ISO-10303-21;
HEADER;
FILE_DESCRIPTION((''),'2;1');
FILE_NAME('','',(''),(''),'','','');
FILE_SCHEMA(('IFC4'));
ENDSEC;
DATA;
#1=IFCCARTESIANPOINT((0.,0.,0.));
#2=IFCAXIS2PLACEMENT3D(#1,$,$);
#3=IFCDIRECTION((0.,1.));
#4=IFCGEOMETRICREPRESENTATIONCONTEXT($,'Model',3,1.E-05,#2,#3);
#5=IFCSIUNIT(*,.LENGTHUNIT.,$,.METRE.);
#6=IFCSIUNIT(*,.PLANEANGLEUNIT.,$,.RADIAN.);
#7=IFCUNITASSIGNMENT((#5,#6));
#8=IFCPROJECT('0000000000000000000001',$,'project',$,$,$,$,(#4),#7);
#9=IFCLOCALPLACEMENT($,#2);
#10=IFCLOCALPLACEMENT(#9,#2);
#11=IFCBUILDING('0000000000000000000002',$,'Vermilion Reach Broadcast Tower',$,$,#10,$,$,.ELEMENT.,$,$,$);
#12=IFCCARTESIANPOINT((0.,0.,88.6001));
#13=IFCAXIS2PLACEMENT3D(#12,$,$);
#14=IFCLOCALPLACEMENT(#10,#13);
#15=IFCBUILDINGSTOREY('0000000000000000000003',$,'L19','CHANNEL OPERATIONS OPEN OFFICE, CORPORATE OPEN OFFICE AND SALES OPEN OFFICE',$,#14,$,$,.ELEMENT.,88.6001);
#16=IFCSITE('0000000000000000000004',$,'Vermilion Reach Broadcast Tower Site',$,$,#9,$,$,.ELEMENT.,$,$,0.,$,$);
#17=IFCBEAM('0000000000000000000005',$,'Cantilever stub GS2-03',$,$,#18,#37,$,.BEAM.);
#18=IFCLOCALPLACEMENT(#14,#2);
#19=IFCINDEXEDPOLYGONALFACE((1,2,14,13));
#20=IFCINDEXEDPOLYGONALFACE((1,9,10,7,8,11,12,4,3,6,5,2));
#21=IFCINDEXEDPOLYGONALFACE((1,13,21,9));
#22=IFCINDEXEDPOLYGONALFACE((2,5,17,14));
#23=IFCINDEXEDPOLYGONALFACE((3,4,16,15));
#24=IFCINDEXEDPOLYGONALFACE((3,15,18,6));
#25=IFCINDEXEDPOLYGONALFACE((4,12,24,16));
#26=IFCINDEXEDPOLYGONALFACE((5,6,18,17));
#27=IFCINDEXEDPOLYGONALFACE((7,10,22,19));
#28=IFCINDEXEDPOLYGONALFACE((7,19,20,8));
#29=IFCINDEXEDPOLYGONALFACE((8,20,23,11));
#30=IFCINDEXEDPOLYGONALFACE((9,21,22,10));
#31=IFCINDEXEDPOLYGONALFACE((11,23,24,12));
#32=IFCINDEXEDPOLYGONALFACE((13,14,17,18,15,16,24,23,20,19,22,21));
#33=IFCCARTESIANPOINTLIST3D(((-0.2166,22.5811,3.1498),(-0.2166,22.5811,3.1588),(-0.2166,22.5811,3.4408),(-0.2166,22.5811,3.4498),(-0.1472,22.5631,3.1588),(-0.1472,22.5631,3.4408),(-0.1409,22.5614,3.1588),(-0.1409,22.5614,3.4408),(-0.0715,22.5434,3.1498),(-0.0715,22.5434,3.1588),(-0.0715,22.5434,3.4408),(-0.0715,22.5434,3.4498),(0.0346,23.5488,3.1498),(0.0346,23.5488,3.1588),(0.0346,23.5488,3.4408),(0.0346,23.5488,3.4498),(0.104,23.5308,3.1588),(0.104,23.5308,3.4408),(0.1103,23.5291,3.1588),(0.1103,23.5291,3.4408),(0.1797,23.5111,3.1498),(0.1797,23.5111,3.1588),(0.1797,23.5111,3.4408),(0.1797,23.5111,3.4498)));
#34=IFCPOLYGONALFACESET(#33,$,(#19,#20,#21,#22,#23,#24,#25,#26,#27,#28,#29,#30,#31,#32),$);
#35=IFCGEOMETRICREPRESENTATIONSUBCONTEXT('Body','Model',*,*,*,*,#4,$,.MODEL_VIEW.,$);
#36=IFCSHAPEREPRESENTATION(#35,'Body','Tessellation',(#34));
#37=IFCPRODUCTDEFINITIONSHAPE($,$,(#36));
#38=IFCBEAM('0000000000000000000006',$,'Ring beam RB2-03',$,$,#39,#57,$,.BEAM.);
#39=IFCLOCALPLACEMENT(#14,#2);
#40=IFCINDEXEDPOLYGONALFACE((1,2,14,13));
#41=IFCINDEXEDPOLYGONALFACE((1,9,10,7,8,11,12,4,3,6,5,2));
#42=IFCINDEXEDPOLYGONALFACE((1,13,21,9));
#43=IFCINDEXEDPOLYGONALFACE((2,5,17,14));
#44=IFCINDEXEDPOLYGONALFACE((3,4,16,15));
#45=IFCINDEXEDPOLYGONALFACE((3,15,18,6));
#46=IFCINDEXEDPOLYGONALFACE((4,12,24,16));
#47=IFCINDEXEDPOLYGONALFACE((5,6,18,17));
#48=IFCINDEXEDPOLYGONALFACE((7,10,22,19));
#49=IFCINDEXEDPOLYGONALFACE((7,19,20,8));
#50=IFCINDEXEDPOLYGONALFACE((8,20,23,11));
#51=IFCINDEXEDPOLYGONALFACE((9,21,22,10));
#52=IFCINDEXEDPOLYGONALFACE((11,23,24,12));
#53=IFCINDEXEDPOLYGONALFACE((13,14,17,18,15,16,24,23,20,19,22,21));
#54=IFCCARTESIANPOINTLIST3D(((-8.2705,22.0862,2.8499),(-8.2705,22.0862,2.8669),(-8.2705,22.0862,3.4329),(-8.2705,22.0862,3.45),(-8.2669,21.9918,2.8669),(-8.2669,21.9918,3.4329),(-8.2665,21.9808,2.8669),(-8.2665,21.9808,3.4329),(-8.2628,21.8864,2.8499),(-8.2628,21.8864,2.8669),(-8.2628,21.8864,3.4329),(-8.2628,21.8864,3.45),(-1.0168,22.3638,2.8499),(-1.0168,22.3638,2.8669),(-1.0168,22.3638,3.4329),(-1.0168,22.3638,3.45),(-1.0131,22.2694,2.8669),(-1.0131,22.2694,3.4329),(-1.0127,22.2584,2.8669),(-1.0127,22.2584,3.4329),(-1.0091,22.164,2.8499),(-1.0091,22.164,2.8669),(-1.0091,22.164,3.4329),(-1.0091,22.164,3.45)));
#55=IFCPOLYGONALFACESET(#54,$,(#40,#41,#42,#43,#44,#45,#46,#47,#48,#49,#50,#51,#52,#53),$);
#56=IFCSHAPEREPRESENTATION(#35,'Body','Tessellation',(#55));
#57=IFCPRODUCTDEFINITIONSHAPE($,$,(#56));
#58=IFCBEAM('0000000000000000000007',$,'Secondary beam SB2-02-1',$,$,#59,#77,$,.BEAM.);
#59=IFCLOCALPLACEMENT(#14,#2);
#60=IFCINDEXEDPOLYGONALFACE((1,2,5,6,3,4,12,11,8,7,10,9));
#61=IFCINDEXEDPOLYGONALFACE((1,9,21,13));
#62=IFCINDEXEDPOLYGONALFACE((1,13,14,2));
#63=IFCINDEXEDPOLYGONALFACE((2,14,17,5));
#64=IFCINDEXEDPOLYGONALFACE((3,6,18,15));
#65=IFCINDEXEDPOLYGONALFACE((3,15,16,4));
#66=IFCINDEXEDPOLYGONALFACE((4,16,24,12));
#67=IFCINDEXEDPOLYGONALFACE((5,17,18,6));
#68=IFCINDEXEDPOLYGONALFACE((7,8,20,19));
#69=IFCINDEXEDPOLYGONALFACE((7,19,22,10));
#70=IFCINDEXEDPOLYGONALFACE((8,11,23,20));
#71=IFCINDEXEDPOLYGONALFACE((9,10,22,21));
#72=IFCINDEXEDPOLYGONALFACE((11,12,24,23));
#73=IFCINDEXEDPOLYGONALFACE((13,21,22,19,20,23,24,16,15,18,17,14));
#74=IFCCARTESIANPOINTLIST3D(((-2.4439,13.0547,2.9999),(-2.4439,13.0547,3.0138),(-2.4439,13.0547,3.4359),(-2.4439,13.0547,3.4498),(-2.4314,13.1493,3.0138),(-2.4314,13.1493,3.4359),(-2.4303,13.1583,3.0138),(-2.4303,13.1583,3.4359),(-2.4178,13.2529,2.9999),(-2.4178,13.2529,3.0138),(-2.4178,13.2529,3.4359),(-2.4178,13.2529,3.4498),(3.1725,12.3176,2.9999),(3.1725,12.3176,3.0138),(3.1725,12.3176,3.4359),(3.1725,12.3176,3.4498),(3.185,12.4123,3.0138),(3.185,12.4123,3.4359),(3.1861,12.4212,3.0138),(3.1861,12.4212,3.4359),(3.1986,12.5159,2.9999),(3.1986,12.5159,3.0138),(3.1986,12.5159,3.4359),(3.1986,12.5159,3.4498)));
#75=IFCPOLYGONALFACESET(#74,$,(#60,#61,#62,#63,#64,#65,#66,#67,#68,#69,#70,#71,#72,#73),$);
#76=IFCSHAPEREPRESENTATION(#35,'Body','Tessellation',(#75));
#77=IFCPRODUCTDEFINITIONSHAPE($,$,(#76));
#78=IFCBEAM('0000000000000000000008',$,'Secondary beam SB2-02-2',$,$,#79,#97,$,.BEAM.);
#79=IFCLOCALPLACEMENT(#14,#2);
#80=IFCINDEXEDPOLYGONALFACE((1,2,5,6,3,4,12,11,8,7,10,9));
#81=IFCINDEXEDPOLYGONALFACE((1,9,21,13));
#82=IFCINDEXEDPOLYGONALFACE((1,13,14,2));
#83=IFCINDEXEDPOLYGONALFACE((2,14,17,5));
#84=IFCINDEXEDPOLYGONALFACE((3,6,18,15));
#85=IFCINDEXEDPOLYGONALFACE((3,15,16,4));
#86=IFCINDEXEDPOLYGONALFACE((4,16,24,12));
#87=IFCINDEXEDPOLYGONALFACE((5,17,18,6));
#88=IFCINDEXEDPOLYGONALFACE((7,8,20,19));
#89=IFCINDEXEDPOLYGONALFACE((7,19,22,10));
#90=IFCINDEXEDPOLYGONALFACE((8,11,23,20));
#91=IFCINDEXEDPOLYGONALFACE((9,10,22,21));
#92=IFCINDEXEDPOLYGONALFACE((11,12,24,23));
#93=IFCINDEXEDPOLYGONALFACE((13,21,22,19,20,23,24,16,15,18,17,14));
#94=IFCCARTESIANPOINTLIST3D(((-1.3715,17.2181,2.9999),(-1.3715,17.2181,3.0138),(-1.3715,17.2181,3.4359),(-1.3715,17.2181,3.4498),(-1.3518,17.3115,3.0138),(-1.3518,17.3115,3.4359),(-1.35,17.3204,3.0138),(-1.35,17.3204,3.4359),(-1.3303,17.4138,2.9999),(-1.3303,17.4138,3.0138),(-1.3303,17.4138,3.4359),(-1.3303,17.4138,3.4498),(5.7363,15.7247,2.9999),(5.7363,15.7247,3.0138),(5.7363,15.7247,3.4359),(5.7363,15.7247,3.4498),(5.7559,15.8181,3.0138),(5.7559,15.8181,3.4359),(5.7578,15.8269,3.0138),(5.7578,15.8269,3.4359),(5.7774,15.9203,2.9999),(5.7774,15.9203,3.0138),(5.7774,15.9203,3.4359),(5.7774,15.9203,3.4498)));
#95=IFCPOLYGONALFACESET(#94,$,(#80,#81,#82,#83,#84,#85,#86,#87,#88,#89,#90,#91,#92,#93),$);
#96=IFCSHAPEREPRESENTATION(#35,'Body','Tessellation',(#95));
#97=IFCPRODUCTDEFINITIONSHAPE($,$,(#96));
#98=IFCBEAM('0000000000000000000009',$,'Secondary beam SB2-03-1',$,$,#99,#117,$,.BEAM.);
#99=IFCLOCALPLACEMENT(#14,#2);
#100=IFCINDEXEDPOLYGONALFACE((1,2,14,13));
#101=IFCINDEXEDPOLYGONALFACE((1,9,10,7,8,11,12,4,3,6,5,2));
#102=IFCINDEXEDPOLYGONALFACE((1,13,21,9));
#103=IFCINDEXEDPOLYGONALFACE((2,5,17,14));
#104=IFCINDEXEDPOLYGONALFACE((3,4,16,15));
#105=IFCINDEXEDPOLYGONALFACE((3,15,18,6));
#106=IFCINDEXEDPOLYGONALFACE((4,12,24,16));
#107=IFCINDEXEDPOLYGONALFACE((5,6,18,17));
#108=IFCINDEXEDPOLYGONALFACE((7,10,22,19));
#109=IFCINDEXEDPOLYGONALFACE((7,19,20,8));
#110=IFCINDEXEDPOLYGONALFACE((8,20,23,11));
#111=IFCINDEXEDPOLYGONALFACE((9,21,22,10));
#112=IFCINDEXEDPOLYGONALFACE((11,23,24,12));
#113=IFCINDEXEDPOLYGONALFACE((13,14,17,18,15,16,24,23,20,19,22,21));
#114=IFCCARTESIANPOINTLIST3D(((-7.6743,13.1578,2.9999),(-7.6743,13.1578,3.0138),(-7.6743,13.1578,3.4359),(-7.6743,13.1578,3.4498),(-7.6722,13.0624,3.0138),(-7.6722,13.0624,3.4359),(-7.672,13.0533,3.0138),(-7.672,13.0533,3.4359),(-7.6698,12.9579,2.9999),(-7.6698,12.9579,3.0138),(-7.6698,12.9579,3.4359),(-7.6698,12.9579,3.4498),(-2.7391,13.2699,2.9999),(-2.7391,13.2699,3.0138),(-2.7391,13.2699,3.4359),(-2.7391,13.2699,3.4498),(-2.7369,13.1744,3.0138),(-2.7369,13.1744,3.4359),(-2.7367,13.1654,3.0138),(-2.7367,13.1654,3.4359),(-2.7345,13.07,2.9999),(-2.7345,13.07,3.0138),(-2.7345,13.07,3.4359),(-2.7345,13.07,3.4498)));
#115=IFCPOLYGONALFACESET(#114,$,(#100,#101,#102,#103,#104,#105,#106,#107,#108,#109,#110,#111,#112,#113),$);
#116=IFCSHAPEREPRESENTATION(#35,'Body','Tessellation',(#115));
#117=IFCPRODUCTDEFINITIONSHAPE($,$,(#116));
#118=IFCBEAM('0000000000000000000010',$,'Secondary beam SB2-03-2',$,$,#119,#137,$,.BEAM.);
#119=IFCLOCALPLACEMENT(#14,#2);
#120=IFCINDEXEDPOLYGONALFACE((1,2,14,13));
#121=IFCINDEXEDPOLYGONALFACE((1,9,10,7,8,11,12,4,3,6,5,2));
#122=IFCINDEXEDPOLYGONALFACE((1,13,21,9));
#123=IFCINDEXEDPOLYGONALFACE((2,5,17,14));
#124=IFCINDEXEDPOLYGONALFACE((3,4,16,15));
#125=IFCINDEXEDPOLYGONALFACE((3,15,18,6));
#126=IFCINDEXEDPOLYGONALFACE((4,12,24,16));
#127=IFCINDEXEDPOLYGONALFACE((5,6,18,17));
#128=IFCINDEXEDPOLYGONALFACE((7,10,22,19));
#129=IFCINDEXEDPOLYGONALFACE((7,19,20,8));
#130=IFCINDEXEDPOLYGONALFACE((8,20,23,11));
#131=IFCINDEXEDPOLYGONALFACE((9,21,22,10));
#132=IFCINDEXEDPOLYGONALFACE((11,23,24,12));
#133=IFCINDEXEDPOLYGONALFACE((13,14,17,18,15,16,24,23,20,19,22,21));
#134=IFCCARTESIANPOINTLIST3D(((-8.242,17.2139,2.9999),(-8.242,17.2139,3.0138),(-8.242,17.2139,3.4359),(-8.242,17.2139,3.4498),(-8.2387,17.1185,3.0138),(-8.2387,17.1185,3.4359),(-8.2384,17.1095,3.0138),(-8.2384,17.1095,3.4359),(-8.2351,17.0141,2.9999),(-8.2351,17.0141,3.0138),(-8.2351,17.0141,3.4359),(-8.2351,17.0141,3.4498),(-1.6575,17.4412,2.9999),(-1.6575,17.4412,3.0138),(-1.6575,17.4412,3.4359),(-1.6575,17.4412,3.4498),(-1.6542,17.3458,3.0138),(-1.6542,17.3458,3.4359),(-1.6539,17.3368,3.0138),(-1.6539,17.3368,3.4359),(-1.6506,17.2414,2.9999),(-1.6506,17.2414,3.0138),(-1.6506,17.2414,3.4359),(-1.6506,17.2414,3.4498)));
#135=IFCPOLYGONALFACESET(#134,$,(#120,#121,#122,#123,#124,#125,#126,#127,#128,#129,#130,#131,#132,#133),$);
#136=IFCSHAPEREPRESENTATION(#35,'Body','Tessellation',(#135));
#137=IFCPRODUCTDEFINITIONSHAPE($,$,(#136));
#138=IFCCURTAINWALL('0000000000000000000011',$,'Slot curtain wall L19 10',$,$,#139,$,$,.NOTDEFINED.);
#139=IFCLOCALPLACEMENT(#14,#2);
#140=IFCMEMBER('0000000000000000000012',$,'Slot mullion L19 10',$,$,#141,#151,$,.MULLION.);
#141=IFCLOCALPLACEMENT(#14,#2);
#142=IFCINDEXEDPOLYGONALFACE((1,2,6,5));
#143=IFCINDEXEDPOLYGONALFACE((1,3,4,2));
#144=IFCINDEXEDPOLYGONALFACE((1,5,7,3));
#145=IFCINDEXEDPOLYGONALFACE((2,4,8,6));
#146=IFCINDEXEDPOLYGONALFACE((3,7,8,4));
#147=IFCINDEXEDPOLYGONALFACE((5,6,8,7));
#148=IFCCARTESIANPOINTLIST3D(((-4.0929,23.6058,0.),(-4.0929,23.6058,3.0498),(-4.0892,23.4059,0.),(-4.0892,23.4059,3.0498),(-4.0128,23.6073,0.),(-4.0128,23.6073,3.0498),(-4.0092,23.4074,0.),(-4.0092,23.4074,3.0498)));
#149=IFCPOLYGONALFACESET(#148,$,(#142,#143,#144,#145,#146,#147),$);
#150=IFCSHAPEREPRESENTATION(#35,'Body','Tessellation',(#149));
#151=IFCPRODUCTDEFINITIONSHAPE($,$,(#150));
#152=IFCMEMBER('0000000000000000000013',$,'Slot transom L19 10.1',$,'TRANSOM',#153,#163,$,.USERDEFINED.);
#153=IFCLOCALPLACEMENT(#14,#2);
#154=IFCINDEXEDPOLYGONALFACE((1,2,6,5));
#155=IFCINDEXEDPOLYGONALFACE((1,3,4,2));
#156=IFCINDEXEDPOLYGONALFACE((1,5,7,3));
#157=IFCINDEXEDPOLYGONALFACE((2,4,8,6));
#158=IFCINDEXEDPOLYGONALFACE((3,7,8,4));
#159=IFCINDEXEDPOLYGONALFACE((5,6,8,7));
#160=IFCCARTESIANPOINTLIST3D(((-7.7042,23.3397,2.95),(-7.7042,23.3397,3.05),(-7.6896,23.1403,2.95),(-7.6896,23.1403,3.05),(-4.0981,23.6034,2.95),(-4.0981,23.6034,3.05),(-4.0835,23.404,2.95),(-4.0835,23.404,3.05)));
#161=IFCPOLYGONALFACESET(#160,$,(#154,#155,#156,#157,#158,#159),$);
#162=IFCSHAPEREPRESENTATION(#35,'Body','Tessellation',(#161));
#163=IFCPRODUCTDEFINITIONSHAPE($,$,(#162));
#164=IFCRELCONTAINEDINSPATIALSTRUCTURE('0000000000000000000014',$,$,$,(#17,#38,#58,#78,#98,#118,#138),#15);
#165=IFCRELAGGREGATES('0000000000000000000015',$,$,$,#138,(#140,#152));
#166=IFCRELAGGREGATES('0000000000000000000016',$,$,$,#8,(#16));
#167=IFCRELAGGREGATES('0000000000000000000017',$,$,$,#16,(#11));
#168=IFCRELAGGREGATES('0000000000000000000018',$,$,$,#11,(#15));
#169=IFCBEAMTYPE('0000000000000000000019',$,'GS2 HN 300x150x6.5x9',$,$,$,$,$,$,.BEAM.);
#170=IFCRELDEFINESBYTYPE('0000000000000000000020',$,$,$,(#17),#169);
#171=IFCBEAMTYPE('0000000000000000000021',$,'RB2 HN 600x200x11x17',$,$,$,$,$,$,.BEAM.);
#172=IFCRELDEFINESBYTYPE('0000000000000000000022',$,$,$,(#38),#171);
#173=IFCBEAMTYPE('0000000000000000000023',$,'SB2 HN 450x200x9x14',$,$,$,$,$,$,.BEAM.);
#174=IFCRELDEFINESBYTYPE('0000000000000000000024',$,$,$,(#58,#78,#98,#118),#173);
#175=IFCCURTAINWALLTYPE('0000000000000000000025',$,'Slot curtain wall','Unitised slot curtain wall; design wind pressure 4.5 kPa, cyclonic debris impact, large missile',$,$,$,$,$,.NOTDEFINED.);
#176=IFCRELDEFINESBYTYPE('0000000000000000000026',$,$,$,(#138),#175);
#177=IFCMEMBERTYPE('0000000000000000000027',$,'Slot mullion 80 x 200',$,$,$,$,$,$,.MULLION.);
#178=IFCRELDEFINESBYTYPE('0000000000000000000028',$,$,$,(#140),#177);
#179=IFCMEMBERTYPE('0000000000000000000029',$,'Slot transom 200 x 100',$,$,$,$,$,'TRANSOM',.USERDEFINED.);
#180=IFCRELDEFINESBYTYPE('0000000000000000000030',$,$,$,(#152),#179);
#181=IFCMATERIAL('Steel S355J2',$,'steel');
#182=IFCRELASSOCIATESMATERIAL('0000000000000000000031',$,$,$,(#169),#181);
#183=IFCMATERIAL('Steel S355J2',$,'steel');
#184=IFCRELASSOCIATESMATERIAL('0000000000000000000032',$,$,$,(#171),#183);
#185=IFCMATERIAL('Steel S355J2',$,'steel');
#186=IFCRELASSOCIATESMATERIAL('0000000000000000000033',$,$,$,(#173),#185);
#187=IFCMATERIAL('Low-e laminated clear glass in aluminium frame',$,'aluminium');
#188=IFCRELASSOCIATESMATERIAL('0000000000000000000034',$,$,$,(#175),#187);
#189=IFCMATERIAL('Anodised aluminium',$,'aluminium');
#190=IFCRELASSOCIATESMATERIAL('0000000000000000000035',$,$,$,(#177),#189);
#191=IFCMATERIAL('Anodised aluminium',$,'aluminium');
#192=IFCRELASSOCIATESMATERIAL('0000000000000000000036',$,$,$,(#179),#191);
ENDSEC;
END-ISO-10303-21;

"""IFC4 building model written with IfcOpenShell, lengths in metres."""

from ifc_helpers import new_model, si_unit, direction, frame, origin, origin_2d, place, context, subcontext, project, spatial, rectangle, i_section, extrude, material, material_profile, profile_set, type_object, element, aggregate, save


model = new_model("IFC4")

# Units and contexts
model_context = context("Model", 3, precision=1e-05, world=origin(), true_north=direction((0.0, 1.0)))
body_context = subcontext(model_context, "Body", "Model", "MODEL_VIEW")
ifc_project = project(units=[si_unit("LENGTHUNIT", "METRE"), si_unit("PLANEANGLEUNIT", "RADIAN")], contexts=[model_context])

# Site, building, storey
site_placement = place(None, origin())
site = spatial("IfcSite", under=ifc_project, at=site_placement, Name="Vermilion Reach Broadcast Tower Site", CompositionType="ELEMENT", RefElevation=0.0)
building_placement = place(site_placement, origin())
building = spatial("IfcBuilding", under=site, at=building_placement, Name="Vermilion Reach Broadcast Tower", CompositionType="ELEMENT")
storey_placement = place(building_placement, frame((0.0, 0.0, 88.6001)))
storey = spatial("IfcBuildingStorey", under=building, at=storey_placement, Name="L19", Description="CHANNEL OPERATIONS OPEN OFFICE, CORPORATE OPEN OFFICE AND SALES OPEN OFFICE", CompositionType="ELEMENT", Elevation=88.6001)

# Beams
ifc_material_1 = material(Name="Steel S355J2", Category="steel")
ifc_material_profile_1 = material_profile(ifc_material_1, i_section(OverallWidth=0.1499, OverallDepth=0.3, WebThickness=0.0066, FlangeThickness=0.009, at=origin_2d()), Name="S355J2 HN 300x150x6.5x9")
ifc_profile_set_1 = profile_set([ifc_material_profile_1], Name="Steel S355J2")
beam_type_1 = type_object("IfcBeamType", Name="GS2 HN 300x150x6.5x9", PredefinedType="BEAM", material=ifc_profile_set_1)
beam_1_placement = place(storey_placement, frame((-0.144, 22.5623, 3.2998), z_axis=(0.251259, 0.96792, 0.0), x_axis=(-0.96792, 0.251259, 0.0)))
element("IfcBeam", 1, at=beam_1_placement, inside=storey, type_object=beam_type_1, Name="Cantilever stub GS2-03", PredefinedType="BEAM", context=body_context, shape_type="SweptSolid", body=[
    extrude(i_section(OverallWidth=0.1499, OverallDepth=0.3, WebThickness=0.0066, FlangeThickness=0.009, at=origin_2d()), origin(), (0.0, 0.0, 1.0), 0.9998),
])
ifc_material_2 = material(Name="Steel S355J2", Category="steel")
ifc_material_profile_2 = material_profile(ifc_material_2, i_section(OverallWidth=0.2, OverallDepth=0.6001, WebThickness=0.011, FlangeThickness=0.0171, at=origin_2d()), Name="S355J2 HN 600x200x11x17")
ifc_profile_set_2 = profile_set([ifc_material_profile_2], Name="Steel S355J2")
beam_type_2 = type_object("IfcBeamType", Name="RB2 HN 600x200x11x17", PredefinedType="BEAM", material=ifc_profile_set_2)
beam_2_placement = place(storey_placement, frame((-1.0129, 22.2639, 3.1499), z_axis=(-0.999269, -0.038241, 0.0), x_axis=(0.038241, -0.999269, 0.0)))
element("IfcBeam", 2, at=beam_2_placement, inside=storey, type_object=beam_type_2, Name="Ring beam RB2-03", PredefinedType="BEAM", context=body_context, shape_type="SweptSolid", body=[
    extrude(i_section(OverallWidth=0.2, OverallDepth=0.6001, WebThickness=0.011, FlangeThickness=0.0171, at=origin_2d()), origin(), (0.0, 0.0, 1.0), 7.259),
])
ifc_material_3 = material(Name="Steel S355J2", Category="steel")
ifc_material_profile_3 = material_profile(ifc_material_3, i_section(OverallWidth=0.2, OverallDepth=0.45, WebThickness=0.009, FlangeThickness=0.0139, at=origin_2d()), Name="S355J2 HN 450x200x9x14")
ifc_profile_set_3 = profile_set([ifc_material_profile_3], Name="Steel S355J2")
beam_type_3 = type_object("IfcBeamType", Name="SB2 HN 450x200x9x14", PredefinedType="BEAM", material=ifc_profile_set_3)
beam_3_placement = place(storey_placement, frame((3.1855, 12.4167, 3.2249), z_axis=(-0.991499, 0.130117, 0.0), x_axis=(-0.130117, -0.991499, 0.0)))
element("IfcBeam", 3, at=beam_3_placement, inside=storey, type_object=beam_type_3, Name="Secondary beam SB2-02-1", PredefinedType="BEAM", context=body_context, shape_type="SweptSolid", body=[
    extrude(i_section(OverallWidth=0.2, OverallDepth=0.45, WebThickness=0.009, FlangeThickness=0.0139, at=origin_2d()), origin(), (0.0, 0.0, 1.0), 5.6646),
])
beam_4_placement = place(storey_placement, frame((5.7568, 15.8225, 3.2249), z_axis=(-0.978631, 0.205623, 0.0), x_axis=(-0.205623, -0.978631, 0.0)))
element("IfcBeam", 4, at=beam_4_placement, inside=storey, type_object=beam_type_3, Name="Secondary beam SB2-02-2", PredefinedType="BEAM", context=body_context, shape_type="SweptSolid", body=[
    extrude(i_section(OverallWidth=0.2, OverallDepth=0.45, WebThickness=0.009, FlangeThickness=0.0139, at=origin_2d()), origin(), (0.0, 0.0, 1.0), 7.2629),
])
beam_5_placement = place(storey_placement, frame((-2.7368, 13.1699, 3.2249), z_axis=(-0.999742, -0.0227, 0.0), x_axis=(0.0227, -0.999742, 0.0)))
element("IfcBeam", 5, at=beam_5_placement, inside=storey, type_object=beam_type_3, Name="Secondary beam SB2-03-1", PredefinedType="BEAM", context=body_context, shape_type="SweptSolid", body=[
    extrude(i_section(OverallWidth=0.2, OverallDepth=0.45, WebThickness=0.009, FlangeThickness=0.0139, at=origin_2d()), origin(), (0.0, 0.0, 1.0), 4.9365),
])
beam_6_placement = place(storey_placement, frame((-1.6541, 17.3413, 3.2249), z_axis=(-0.999405, -0.034499, 0.0), x_axis=(0.034499, -0.999405, 0.0)))
element("IfcBeam", 6, at=beam_6_placement, inside=storey, type_object=beam_type_3, Name="Secondary beam SB2-03-2", PredefinedType="BEAM", context=body_context, shape_type="SweptSolid", body=[
    extrude(i_section(OverallWidth=0.2, OverallDepth=0.45, WebThickness=0.009, FlangeThickness=0.0139, at=origin_2d()), origin(), (0.0, 0.0, 1.0), 6.5884),
])

# Curtain wall, members
ifc_material_4 = material(Name="Low-e laminated clear glass in aluminium frame", Category="aluminium")
curtain_wall_type = type_object("IfcCurtainWallType", Name="Slot curtain wall", Description="Unitised slot curtain wall; design wind pressure 4.5 kPa, cyclonic debris impact, large missile", PredefinedType="NOTDEFINED", material=ifc_material_4)
curtain_wall_placement = place(storey_placement, origin())
curtain_wall = element("IfcCurtainWall", 7, at=curtain_wall_placement, inside=storey, type_object=curtain_wall_type, Name="Slot curtain wall L19 10", PredefinedType="NOTDEFINED")
ifc_material_5 = material(Name="Anodised aluminium", Category="aluminium")
ifc_material_profile_4 = material_profile(ifc_material_5, rectangle(XDim=0.2, YDim=0.0801, at=origin_2d()), Name="Slot mullion 80 x 200")
ifc_profile_set_4 = profile_set([ifc_material_profile_4], Name="Anodised aluminium")
member_type_1 = type_object("IfcMemberType", Name="Slot mullion 80 x 200", PredefinedType="MULLION", material=ifc_profile_set_4)
member_1_placement = place(storey_placement, frame((-4.051, 23.5066, 0.0), z_axis=(0.0, 0.0, 1.0), x_axis=(0.018133, -0.999836, 0.0)))
member_1 = element("IfcMember", 8, at=member_1_placement, type_object=member_type_1, Name="Slot mullion L19 10", PredefinedType="MULLION", context=body_context, shape_type="SweptSolid", body=[
    extrude(rectangle(XDim=0.2, YDim=0.0801, at=origin_2d()), origin(), (0.0, 0.0, 1.0), 3.0498),
])
ifc_material_6 = material(Name="Anodised aluminium", Category="aluminium")
ifc_material_profile_5 = material_profile(ifc_material_6, rectangle(XDim=0.2, YDim=0.1001, at=origin_2d()), Name="Slot transom 200 x 100")
ifc_profile_set_5 = profile_set([ifc_material_profile_5], Name="Anodised aluminium")
member_type_2 = type_object("IfcMemberType", Name="Slot transom 200 x 100", ElementType="TRANSOM", PredefinedType="USERDEFINED", material=ifc_profile_set_5)
member_2_placement = place(storey_placement, frame((-4.0908, 23.5037, 3.0), z_axis=(-0.997338, -0.072922, 0.0), x_axis=(0.072922, -0.997338, 0.0)))
member_2 = element("IfcMember", 9, at=member_2_placement, type_object=member_type_2, Name="Slot transom L19 10.1", ObjectType="TRANSOM", PredefinedType="USERDEFINED", context=body_context, shape_type="SweptSolid", body=[
    extrude(rectangle(XDim=0.2, YDim=0.1001, at=origin_2d()), origin(), (0.0, 0.0, 1.0), 3.6157),
])
aggregate(curtain_wall, [member_1, member_2])

save(model, "model.ifc")
